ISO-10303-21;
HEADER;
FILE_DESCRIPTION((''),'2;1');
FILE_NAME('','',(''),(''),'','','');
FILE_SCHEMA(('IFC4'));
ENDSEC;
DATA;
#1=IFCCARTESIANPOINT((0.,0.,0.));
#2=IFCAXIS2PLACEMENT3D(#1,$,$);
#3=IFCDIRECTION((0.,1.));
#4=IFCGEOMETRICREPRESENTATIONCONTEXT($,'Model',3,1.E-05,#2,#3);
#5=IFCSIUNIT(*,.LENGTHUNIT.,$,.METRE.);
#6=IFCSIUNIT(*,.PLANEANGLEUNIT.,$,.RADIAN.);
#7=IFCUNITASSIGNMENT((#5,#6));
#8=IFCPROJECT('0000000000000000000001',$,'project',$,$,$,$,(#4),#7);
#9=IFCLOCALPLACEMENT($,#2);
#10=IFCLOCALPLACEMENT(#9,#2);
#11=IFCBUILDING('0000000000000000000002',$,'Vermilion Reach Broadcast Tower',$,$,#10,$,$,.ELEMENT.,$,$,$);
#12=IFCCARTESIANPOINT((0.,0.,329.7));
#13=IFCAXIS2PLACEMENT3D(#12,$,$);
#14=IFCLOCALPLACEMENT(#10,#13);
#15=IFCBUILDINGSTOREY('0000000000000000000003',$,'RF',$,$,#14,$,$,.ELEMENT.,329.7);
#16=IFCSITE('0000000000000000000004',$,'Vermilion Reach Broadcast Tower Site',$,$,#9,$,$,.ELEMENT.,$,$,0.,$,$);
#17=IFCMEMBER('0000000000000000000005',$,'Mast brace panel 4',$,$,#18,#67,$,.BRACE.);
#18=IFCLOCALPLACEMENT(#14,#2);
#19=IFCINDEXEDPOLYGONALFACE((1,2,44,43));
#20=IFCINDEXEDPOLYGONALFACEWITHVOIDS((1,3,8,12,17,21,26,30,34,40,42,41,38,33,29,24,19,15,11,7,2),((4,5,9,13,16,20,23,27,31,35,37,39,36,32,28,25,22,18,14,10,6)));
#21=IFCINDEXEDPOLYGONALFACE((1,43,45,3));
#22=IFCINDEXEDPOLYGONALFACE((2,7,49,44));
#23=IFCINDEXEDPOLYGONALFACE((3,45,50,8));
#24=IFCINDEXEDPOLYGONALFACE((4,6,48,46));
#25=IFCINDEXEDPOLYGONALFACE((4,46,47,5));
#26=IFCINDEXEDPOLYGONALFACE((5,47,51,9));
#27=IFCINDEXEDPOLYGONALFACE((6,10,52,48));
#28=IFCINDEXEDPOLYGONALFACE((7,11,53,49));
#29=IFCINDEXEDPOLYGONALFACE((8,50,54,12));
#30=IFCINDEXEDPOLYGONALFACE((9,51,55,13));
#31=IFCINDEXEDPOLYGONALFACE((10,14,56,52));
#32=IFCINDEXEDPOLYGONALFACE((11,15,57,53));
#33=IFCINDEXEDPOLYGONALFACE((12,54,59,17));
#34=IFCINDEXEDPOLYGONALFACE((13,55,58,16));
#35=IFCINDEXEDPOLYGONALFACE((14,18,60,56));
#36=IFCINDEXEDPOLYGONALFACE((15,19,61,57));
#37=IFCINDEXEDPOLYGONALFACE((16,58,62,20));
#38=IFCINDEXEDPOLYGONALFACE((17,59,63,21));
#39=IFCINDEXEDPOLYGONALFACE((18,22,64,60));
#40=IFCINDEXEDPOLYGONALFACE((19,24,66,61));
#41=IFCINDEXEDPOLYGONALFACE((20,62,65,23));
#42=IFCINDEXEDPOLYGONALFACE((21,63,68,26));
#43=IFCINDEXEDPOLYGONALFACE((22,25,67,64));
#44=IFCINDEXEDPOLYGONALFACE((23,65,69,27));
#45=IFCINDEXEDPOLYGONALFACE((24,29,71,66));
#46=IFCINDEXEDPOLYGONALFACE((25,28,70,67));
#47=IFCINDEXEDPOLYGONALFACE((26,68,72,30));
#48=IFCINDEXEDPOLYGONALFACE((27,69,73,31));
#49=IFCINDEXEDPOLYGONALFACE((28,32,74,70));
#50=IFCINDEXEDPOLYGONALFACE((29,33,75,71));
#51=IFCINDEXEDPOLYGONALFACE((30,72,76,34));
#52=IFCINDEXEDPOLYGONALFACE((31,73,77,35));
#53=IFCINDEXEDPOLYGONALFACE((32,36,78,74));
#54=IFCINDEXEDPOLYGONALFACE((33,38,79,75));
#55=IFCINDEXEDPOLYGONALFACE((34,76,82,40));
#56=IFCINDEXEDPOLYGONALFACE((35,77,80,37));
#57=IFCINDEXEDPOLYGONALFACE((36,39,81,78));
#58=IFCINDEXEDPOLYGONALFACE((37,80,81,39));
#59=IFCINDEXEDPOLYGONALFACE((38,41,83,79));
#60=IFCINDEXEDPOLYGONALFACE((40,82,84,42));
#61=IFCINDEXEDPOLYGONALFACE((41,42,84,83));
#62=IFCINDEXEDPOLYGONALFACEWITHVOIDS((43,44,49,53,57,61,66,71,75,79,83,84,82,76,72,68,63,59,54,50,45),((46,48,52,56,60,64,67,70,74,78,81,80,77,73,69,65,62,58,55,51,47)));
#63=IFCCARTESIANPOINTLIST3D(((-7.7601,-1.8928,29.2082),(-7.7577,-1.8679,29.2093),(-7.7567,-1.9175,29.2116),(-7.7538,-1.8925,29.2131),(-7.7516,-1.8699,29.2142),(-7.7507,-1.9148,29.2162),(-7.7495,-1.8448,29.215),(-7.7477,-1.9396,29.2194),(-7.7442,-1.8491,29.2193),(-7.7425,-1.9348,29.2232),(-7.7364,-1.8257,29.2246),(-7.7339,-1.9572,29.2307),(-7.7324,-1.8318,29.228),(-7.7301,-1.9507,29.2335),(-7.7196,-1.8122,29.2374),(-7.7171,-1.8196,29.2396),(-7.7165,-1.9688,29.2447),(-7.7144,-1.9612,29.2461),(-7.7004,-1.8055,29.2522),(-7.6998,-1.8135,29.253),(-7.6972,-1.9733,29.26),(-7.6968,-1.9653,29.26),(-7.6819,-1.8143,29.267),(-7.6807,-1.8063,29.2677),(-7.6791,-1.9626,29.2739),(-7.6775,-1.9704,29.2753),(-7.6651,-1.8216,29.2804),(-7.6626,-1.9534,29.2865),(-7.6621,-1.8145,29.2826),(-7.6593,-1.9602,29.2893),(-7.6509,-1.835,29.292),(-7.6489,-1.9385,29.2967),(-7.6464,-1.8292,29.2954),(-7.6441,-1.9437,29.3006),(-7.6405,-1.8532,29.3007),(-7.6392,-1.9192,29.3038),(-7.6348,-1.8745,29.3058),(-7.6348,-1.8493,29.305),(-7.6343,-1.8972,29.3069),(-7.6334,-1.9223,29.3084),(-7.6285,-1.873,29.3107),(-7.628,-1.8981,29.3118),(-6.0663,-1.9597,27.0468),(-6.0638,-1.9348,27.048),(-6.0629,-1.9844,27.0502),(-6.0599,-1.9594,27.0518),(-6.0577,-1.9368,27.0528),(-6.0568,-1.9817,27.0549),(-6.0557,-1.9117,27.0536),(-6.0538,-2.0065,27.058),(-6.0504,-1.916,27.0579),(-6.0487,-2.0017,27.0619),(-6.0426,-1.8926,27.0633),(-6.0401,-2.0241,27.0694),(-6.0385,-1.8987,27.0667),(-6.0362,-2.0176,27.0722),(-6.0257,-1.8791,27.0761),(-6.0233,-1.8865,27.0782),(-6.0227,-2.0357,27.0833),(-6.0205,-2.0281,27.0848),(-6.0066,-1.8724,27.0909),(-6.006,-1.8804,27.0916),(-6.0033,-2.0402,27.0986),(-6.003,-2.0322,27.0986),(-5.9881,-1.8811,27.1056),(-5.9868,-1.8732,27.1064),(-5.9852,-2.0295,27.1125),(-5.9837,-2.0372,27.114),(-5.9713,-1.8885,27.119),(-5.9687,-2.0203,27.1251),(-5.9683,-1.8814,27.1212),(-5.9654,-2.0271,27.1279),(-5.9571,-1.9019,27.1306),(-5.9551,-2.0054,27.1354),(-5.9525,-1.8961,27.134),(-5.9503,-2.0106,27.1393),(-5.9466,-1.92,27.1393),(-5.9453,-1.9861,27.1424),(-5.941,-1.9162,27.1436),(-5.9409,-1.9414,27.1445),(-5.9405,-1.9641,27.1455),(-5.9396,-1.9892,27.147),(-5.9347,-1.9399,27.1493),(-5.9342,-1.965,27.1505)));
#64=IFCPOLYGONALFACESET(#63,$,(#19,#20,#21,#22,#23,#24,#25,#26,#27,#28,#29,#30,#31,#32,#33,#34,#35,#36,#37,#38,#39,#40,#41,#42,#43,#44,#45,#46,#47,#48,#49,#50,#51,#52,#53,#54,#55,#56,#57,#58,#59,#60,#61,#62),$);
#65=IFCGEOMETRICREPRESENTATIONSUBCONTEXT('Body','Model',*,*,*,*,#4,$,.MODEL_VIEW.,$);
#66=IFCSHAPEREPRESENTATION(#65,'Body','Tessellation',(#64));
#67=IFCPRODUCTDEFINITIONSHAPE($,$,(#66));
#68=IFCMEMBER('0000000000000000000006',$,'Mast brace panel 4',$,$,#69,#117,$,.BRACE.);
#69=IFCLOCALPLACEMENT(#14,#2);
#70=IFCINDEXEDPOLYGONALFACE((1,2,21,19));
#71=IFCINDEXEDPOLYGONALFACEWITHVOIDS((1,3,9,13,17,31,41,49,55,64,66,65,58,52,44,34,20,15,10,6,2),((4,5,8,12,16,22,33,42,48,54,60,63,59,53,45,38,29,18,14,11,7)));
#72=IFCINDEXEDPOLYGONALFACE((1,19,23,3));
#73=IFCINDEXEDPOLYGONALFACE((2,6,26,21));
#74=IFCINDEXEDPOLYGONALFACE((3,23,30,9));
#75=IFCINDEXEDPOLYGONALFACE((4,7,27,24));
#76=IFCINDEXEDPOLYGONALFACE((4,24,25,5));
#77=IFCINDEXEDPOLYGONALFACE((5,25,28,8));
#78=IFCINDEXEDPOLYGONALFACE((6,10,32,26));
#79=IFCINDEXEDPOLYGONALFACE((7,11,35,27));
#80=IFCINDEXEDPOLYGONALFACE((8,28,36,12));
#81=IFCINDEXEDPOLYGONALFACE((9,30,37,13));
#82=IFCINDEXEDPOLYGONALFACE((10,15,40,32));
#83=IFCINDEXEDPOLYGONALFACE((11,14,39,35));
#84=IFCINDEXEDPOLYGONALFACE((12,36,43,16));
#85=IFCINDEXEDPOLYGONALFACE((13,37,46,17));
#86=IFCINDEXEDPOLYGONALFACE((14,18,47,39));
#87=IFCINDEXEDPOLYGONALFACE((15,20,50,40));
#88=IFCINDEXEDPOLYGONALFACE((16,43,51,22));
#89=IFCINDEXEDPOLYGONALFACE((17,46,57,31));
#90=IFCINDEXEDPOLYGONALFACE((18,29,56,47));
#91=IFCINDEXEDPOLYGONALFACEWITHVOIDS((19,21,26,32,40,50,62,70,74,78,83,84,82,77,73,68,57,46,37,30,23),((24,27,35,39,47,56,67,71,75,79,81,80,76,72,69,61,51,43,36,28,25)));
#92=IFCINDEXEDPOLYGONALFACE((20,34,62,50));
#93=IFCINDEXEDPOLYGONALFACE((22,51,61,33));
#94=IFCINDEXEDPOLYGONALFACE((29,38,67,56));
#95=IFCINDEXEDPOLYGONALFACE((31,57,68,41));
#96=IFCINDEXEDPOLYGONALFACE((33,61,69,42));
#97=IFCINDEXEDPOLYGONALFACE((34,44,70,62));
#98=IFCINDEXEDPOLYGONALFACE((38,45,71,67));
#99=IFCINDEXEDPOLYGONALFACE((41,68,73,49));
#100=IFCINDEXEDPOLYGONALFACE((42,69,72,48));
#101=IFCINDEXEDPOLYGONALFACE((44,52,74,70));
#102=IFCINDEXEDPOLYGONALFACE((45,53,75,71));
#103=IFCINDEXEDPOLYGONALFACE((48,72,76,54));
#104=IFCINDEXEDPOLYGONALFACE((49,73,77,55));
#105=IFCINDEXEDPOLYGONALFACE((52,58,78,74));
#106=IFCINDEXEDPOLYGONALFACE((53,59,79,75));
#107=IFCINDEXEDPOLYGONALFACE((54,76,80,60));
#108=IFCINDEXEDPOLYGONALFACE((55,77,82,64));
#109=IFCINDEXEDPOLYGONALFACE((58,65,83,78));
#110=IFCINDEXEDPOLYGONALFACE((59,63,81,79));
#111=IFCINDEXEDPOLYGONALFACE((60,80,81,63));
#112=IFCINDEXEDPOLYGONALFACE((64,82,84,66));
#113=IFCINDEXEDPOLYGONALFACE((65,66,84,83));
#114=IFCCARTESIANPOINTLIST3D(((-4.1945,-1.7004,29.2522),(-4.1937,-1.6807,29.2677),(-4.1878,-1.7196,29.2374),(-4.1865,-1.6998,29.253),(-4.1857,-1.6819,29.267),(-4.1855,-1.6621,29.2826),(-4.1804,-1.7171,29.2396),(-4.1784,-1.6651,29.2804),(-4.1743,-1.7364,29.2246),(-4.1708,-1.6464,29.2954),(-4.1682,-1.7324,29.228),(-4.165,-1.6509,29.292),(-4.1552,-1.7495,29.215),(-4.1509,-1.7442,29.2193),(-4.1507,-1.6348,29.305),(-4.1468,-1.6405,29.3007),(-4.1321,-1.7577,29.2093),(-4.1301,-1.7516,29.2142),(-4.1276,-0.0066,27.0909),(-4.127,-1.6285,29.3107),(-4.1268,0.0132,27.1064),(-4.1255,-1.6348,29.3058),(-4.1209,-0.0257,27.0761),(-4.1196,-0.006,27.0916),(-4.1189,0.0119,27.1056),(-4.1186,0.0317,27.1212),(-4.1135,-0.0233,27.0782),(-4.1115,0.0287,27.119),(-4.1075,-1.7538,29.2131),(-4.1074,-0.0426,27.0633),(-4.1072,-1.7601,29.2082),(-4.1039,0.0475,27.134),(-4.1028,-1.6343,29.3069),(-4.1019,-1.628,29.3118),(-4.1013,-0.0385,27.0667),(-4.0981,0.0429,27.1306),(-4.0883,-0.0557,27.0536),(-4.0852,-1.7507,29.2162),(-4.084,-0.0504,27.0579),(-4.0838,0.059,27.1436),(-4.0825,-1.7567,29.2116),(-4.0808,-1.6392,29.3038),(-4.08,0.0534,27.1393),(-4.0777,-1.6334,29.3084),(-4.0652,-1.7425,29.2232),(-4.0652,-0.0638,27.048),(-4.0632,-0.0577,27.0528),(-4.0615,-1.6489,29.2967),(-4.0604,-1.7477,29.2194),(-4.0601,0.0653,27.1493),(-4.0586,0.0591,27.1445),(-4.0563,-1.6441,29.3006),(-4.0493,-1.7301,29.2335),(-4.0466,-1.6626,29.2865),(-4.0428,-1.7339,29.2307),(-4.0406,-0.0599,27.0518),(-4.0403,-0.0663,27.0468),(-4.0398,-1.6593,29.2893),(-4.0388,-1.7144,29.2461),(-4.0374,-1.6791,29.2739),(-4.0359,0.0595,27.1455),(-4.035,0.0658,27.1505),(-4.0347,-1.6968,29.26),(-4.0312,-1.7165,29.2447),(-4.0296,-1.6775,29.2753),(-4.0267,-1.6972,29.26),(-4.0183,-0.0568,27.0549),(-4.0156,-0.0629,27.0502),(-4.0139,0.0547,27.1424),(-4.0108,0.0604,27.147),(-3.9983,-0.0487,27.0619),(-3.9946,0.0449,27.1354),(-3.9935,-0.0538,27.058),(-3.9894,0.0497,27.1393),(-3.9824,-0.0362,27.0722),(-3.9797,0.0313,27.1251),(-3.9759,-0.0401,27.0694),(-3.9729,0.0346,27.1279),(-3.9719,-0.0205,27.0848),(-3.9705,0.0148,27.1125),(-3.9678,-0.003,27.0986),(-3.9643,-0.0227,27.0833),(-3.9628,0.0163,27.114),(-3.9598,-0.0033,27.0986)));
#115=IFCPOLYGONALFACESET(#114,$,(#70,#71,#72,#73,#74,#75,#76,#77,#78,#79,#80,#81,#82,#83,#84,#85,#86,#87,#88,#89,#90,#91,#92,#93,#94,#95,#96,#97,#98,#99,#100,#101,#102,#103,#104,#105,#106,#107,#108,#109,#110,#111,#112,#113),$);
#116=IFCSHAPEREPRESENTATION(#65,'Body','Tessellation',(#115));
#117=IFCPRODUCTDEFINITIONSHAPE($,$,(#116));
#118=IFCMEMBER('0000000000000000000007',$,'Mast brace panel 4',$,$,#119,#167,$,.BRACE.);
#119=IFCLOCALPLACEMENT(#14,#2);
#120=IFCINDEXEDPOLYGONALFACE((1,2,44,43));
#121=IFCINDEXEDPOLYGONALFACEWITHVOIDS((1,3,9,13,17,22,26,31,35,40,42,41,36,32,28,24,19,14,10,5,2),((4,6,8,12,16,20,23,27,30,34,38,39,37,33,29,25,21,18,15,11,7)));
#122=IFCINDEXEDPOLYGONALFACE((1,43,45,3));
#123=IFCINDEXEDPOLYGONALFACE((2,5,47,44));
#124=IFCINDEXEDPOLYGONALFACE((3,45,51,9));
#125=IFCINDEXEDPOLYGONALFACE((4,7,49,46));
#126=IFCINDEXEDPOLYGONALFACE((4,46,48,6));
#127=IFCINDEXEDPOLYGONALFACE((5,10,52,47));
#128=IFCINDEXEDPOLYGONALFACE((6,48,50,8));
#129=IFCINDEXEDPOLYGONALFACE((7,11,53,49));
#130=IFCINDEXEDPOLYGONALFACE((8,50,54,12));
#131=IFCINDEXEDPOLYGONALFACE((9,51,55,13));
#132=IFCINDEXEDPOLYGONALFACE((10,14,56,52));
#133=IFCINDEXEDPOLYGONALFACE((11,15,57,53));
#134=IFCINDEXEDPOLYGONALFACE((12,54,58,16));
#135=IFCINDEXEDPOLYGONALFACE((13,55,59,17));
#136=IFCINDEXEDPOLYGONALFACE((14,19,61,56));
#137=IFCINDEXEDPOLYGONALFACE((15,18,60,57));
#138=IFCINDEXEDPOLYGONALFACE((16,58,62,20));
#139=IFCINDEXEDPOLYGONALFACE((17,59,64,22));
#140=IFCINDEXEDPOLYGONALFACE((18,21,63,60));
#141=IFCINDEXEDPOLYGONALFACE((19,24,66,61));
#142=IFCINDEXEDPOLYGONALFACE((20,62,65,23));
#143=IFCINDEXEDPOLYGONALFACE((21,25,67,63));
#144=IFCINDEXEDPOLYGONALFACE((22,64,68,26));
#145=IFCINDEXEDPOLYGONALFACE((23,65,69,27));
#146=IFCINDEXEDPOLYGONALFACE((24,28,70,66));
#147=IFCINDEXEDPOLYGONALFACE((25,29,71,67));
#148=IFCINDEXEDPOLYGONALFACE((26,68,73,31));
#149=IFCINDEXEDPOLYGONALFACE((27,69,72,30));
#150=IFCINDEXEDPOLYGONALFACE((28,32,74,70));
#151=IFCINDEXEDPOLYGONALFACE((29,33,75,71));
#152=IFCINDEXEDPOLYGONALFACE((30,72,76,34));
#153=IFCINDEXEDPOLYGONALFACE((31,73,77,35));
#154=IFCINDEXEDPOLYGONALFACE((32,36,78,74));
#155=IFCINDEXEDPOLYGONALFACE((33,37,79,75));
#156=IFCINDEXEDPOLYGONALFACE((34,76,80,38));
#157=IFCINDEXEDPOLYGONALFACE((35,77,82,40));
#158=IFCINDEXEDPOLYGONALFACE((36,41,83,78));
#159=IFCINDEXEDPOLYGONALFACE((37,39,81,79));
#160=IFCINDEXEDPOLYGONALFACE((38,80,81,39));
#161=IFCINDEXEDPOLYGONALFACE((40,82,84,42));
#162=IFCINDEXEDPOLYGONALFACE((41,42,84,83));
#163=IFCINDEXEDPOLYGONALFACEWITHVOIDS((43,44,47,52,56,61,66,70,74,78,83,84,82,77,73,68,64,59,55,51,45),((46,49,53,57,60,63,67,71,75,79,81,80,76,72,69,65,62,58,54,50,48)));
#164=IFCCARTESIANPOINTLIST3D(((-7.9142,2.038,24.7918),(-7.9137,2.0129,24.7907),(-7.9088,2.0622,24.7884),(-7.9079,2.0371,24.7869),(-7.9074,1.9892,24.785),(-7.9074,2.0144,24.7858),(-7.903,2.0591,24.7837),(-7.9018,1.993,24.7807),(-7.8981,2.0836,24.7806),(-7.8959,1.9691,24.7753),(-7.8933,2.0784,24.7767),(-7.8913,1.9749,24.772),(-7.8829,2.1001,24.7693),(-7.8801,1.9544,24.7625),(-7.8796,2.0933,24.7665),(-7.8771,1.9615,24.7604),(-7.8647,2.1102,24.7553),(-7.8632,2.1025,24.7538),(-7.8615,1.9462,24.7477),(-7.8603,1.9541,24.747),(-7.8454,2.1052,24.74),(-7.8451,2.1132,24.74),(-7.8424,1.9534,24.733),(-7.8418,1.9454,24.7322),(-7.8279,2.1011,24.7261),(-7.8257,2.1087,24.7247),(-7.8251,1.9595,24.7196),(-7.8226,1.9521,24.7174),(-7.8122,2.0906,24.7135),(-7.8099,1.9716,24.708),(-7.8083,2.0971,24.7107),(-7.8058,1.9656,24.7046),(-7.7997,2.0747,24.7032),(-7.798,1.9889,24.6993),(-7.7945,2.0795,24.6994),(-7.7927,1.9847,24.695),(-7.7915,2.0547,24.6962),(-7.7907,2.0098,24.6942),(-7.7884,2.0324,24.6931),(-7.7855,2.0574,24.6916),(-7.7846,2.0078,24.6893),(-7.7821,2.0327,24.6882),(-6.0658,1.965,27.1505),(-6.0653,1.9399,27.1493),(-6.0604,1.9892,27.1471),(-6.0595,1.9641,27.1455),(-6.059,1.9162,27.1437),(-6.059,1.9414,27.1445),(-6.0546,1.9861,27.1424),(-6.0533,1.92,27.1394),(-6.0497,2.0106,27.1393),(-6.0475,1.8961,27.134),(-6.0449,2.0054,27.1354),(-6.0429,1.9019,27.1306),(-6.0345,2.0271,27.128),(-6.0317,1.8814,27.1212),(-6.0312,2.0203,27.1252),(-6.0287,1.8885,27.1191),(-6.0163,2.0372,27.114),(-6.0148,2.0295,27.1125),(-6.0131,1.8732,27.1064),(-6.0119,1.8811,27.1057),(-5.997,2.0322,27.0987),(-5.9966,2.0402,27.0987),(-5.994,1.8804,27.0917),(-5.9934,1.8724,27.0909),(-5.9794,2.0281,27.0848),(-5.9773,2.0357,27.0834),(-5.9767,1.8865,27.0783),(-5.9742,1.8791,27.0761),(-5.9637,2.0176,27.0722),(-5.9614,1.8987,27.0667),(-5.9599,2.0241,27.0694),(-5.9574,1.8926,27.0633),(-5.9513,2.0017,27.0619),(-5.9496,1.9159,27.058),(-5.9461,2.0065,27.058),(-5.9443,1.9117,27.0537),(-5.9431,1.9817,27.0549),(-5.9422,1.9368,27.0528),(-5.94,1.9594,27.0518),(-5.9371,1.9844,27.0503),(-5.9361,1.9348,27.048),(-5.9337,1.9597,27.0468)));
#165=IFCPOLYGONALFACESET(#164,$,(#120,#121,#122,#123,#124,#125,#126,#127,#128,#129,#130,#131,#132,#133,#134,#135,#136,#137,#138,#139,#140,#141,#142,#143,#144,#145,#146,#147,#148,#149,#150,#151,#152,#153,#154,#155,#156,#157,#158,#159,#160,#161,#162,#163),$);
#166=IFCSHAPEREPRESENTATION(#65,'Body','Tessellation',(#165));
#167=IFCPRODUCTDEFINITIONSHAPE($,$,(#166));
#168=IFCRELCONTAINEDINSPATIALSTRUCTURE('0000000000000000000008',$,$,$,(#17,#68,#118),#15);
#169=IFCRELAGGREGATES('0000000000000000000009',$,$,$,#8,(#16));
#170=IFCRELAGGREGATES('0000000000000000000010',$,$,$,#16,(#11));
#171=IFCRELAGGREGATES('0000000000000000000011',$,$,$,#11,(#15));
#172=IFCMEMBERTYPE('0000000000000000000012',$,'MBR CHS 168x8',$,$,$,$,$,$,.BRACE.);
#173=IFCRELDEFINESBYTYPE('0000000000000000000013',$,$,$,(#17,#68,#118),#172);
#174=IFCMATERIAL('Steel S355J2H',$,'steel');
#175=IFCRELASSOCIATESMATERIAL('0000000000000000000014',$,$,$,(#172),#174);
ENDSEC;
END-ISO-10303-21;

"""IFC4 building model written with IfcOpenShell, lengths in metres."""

from ifc_helpers import new_model, si_unit, direction, frame, origin, origin_2d, place, context, subcontext, project, spatial, hollow_circle, extrude, material, material_profile, profile_set, type_object, element, save


model = new_model("IFC4")

# Units and contexts
model_context = context("Model", 3, precision=1e-05, world=origin(), true_north=direction((0.0, 1.0)))
body_context = subcontext(model_context, "Body", "Model", "MODEL_VIEW")
ifc_project = project(units=[si_unit("LENGTHUNIT", "METRE"), si_unit("PLANEANGLEUNIT", "RADIAN")], contexts=[model_context])

# Site, building, storey
site_placement = place(None, origin())
site = spatial("IfcSite", under=ifc_project, at=site_placement, Name="Vermilion Reach Broadcast Tower Site", CompositionType="ELEMENT", RefElevation=0.0)
building_placement = place(site_placement, origin())
building = spatial("IfcBuilding", under=site, at=building_placement, Name="Vermilion Reach Broadcast Tower", CompositionType="ELEMENT")
storey_placement = place(building_placement, frame((0.0, 0.0, 329.7)))
storey = spatial("IfcBuildingStorey", under=building, at=storey_placement, Name="RF", CompositionType="ELEMENT", Elevation=329.7)

# Members
ifc_material_1 = material(Name="Steel S355J2H", Category="steel")
ifc_material_profile_1 = material_profile(ifc_material_1, hollow_circle(Radius=0.0842, WallThickness=0.0081, at=origin_2d()), Name="S355J2H CHS 168x8")
ifc_profile_set_1 = profile_set([ifc_material_profile_1], Name="Steel S355J2H")
member_type_1 = type_object("IfcMemberType", Name="MBR CHS 168x8", PredefinedType="BRACE", material=ifc_profile_set_1)
for number, where, z_axis, x_axis, name in (
    (1, (-6.0, -1.9561, 27.0986), (-0.616653, 0.024353, 0.786859), (-0.039462, -0.999221, 0.0), "Mast brace panel 4"),
    (2, (-4.0439, 0.0, 27.0986), (-0.024353, -0.616653, 0.786859), (0.999221, -0.039462, 0.0), "Mast brace panel 4"),
):
    element("IfcMember", number, at=place(storey_placement, frame(where, z_axis=z_axis, x_axis=x_axis)), inside=storey, type_object=member_type_1, Name=name, PredefinedType="BRACE", context=body_context, shape_type="SweptSolid", body=[
        extrude(hollow_circle(Radius=0.0842, WallThickness=0.0081, at=origin_2d()), origin(), (0.0, 0.0, 1.0), 2.7468),
    ])
member_1_placement = place(storey_placement, frame((-7.8484, 2.0291, 24.74), z_axis=(0.616641, -0.024353, 0.786867), x_axis=(0.039462, 0.999221, 0.0)))
element("IfcMember", 3, at=member_1_placement, inside=storey, type_object=member_type_1, Name="Mast brace panel 4", PredefinedType="BRACE", context=body_context, shape_type="SweptSolid", body=[
    extrude(hollow_circle(Radius=0.0842, WallThickness=0.0081, at=origin_2d()), origin(), (0.0, 0.0, 1.0), 2.9976),
])

save(model, "model.ifc")
